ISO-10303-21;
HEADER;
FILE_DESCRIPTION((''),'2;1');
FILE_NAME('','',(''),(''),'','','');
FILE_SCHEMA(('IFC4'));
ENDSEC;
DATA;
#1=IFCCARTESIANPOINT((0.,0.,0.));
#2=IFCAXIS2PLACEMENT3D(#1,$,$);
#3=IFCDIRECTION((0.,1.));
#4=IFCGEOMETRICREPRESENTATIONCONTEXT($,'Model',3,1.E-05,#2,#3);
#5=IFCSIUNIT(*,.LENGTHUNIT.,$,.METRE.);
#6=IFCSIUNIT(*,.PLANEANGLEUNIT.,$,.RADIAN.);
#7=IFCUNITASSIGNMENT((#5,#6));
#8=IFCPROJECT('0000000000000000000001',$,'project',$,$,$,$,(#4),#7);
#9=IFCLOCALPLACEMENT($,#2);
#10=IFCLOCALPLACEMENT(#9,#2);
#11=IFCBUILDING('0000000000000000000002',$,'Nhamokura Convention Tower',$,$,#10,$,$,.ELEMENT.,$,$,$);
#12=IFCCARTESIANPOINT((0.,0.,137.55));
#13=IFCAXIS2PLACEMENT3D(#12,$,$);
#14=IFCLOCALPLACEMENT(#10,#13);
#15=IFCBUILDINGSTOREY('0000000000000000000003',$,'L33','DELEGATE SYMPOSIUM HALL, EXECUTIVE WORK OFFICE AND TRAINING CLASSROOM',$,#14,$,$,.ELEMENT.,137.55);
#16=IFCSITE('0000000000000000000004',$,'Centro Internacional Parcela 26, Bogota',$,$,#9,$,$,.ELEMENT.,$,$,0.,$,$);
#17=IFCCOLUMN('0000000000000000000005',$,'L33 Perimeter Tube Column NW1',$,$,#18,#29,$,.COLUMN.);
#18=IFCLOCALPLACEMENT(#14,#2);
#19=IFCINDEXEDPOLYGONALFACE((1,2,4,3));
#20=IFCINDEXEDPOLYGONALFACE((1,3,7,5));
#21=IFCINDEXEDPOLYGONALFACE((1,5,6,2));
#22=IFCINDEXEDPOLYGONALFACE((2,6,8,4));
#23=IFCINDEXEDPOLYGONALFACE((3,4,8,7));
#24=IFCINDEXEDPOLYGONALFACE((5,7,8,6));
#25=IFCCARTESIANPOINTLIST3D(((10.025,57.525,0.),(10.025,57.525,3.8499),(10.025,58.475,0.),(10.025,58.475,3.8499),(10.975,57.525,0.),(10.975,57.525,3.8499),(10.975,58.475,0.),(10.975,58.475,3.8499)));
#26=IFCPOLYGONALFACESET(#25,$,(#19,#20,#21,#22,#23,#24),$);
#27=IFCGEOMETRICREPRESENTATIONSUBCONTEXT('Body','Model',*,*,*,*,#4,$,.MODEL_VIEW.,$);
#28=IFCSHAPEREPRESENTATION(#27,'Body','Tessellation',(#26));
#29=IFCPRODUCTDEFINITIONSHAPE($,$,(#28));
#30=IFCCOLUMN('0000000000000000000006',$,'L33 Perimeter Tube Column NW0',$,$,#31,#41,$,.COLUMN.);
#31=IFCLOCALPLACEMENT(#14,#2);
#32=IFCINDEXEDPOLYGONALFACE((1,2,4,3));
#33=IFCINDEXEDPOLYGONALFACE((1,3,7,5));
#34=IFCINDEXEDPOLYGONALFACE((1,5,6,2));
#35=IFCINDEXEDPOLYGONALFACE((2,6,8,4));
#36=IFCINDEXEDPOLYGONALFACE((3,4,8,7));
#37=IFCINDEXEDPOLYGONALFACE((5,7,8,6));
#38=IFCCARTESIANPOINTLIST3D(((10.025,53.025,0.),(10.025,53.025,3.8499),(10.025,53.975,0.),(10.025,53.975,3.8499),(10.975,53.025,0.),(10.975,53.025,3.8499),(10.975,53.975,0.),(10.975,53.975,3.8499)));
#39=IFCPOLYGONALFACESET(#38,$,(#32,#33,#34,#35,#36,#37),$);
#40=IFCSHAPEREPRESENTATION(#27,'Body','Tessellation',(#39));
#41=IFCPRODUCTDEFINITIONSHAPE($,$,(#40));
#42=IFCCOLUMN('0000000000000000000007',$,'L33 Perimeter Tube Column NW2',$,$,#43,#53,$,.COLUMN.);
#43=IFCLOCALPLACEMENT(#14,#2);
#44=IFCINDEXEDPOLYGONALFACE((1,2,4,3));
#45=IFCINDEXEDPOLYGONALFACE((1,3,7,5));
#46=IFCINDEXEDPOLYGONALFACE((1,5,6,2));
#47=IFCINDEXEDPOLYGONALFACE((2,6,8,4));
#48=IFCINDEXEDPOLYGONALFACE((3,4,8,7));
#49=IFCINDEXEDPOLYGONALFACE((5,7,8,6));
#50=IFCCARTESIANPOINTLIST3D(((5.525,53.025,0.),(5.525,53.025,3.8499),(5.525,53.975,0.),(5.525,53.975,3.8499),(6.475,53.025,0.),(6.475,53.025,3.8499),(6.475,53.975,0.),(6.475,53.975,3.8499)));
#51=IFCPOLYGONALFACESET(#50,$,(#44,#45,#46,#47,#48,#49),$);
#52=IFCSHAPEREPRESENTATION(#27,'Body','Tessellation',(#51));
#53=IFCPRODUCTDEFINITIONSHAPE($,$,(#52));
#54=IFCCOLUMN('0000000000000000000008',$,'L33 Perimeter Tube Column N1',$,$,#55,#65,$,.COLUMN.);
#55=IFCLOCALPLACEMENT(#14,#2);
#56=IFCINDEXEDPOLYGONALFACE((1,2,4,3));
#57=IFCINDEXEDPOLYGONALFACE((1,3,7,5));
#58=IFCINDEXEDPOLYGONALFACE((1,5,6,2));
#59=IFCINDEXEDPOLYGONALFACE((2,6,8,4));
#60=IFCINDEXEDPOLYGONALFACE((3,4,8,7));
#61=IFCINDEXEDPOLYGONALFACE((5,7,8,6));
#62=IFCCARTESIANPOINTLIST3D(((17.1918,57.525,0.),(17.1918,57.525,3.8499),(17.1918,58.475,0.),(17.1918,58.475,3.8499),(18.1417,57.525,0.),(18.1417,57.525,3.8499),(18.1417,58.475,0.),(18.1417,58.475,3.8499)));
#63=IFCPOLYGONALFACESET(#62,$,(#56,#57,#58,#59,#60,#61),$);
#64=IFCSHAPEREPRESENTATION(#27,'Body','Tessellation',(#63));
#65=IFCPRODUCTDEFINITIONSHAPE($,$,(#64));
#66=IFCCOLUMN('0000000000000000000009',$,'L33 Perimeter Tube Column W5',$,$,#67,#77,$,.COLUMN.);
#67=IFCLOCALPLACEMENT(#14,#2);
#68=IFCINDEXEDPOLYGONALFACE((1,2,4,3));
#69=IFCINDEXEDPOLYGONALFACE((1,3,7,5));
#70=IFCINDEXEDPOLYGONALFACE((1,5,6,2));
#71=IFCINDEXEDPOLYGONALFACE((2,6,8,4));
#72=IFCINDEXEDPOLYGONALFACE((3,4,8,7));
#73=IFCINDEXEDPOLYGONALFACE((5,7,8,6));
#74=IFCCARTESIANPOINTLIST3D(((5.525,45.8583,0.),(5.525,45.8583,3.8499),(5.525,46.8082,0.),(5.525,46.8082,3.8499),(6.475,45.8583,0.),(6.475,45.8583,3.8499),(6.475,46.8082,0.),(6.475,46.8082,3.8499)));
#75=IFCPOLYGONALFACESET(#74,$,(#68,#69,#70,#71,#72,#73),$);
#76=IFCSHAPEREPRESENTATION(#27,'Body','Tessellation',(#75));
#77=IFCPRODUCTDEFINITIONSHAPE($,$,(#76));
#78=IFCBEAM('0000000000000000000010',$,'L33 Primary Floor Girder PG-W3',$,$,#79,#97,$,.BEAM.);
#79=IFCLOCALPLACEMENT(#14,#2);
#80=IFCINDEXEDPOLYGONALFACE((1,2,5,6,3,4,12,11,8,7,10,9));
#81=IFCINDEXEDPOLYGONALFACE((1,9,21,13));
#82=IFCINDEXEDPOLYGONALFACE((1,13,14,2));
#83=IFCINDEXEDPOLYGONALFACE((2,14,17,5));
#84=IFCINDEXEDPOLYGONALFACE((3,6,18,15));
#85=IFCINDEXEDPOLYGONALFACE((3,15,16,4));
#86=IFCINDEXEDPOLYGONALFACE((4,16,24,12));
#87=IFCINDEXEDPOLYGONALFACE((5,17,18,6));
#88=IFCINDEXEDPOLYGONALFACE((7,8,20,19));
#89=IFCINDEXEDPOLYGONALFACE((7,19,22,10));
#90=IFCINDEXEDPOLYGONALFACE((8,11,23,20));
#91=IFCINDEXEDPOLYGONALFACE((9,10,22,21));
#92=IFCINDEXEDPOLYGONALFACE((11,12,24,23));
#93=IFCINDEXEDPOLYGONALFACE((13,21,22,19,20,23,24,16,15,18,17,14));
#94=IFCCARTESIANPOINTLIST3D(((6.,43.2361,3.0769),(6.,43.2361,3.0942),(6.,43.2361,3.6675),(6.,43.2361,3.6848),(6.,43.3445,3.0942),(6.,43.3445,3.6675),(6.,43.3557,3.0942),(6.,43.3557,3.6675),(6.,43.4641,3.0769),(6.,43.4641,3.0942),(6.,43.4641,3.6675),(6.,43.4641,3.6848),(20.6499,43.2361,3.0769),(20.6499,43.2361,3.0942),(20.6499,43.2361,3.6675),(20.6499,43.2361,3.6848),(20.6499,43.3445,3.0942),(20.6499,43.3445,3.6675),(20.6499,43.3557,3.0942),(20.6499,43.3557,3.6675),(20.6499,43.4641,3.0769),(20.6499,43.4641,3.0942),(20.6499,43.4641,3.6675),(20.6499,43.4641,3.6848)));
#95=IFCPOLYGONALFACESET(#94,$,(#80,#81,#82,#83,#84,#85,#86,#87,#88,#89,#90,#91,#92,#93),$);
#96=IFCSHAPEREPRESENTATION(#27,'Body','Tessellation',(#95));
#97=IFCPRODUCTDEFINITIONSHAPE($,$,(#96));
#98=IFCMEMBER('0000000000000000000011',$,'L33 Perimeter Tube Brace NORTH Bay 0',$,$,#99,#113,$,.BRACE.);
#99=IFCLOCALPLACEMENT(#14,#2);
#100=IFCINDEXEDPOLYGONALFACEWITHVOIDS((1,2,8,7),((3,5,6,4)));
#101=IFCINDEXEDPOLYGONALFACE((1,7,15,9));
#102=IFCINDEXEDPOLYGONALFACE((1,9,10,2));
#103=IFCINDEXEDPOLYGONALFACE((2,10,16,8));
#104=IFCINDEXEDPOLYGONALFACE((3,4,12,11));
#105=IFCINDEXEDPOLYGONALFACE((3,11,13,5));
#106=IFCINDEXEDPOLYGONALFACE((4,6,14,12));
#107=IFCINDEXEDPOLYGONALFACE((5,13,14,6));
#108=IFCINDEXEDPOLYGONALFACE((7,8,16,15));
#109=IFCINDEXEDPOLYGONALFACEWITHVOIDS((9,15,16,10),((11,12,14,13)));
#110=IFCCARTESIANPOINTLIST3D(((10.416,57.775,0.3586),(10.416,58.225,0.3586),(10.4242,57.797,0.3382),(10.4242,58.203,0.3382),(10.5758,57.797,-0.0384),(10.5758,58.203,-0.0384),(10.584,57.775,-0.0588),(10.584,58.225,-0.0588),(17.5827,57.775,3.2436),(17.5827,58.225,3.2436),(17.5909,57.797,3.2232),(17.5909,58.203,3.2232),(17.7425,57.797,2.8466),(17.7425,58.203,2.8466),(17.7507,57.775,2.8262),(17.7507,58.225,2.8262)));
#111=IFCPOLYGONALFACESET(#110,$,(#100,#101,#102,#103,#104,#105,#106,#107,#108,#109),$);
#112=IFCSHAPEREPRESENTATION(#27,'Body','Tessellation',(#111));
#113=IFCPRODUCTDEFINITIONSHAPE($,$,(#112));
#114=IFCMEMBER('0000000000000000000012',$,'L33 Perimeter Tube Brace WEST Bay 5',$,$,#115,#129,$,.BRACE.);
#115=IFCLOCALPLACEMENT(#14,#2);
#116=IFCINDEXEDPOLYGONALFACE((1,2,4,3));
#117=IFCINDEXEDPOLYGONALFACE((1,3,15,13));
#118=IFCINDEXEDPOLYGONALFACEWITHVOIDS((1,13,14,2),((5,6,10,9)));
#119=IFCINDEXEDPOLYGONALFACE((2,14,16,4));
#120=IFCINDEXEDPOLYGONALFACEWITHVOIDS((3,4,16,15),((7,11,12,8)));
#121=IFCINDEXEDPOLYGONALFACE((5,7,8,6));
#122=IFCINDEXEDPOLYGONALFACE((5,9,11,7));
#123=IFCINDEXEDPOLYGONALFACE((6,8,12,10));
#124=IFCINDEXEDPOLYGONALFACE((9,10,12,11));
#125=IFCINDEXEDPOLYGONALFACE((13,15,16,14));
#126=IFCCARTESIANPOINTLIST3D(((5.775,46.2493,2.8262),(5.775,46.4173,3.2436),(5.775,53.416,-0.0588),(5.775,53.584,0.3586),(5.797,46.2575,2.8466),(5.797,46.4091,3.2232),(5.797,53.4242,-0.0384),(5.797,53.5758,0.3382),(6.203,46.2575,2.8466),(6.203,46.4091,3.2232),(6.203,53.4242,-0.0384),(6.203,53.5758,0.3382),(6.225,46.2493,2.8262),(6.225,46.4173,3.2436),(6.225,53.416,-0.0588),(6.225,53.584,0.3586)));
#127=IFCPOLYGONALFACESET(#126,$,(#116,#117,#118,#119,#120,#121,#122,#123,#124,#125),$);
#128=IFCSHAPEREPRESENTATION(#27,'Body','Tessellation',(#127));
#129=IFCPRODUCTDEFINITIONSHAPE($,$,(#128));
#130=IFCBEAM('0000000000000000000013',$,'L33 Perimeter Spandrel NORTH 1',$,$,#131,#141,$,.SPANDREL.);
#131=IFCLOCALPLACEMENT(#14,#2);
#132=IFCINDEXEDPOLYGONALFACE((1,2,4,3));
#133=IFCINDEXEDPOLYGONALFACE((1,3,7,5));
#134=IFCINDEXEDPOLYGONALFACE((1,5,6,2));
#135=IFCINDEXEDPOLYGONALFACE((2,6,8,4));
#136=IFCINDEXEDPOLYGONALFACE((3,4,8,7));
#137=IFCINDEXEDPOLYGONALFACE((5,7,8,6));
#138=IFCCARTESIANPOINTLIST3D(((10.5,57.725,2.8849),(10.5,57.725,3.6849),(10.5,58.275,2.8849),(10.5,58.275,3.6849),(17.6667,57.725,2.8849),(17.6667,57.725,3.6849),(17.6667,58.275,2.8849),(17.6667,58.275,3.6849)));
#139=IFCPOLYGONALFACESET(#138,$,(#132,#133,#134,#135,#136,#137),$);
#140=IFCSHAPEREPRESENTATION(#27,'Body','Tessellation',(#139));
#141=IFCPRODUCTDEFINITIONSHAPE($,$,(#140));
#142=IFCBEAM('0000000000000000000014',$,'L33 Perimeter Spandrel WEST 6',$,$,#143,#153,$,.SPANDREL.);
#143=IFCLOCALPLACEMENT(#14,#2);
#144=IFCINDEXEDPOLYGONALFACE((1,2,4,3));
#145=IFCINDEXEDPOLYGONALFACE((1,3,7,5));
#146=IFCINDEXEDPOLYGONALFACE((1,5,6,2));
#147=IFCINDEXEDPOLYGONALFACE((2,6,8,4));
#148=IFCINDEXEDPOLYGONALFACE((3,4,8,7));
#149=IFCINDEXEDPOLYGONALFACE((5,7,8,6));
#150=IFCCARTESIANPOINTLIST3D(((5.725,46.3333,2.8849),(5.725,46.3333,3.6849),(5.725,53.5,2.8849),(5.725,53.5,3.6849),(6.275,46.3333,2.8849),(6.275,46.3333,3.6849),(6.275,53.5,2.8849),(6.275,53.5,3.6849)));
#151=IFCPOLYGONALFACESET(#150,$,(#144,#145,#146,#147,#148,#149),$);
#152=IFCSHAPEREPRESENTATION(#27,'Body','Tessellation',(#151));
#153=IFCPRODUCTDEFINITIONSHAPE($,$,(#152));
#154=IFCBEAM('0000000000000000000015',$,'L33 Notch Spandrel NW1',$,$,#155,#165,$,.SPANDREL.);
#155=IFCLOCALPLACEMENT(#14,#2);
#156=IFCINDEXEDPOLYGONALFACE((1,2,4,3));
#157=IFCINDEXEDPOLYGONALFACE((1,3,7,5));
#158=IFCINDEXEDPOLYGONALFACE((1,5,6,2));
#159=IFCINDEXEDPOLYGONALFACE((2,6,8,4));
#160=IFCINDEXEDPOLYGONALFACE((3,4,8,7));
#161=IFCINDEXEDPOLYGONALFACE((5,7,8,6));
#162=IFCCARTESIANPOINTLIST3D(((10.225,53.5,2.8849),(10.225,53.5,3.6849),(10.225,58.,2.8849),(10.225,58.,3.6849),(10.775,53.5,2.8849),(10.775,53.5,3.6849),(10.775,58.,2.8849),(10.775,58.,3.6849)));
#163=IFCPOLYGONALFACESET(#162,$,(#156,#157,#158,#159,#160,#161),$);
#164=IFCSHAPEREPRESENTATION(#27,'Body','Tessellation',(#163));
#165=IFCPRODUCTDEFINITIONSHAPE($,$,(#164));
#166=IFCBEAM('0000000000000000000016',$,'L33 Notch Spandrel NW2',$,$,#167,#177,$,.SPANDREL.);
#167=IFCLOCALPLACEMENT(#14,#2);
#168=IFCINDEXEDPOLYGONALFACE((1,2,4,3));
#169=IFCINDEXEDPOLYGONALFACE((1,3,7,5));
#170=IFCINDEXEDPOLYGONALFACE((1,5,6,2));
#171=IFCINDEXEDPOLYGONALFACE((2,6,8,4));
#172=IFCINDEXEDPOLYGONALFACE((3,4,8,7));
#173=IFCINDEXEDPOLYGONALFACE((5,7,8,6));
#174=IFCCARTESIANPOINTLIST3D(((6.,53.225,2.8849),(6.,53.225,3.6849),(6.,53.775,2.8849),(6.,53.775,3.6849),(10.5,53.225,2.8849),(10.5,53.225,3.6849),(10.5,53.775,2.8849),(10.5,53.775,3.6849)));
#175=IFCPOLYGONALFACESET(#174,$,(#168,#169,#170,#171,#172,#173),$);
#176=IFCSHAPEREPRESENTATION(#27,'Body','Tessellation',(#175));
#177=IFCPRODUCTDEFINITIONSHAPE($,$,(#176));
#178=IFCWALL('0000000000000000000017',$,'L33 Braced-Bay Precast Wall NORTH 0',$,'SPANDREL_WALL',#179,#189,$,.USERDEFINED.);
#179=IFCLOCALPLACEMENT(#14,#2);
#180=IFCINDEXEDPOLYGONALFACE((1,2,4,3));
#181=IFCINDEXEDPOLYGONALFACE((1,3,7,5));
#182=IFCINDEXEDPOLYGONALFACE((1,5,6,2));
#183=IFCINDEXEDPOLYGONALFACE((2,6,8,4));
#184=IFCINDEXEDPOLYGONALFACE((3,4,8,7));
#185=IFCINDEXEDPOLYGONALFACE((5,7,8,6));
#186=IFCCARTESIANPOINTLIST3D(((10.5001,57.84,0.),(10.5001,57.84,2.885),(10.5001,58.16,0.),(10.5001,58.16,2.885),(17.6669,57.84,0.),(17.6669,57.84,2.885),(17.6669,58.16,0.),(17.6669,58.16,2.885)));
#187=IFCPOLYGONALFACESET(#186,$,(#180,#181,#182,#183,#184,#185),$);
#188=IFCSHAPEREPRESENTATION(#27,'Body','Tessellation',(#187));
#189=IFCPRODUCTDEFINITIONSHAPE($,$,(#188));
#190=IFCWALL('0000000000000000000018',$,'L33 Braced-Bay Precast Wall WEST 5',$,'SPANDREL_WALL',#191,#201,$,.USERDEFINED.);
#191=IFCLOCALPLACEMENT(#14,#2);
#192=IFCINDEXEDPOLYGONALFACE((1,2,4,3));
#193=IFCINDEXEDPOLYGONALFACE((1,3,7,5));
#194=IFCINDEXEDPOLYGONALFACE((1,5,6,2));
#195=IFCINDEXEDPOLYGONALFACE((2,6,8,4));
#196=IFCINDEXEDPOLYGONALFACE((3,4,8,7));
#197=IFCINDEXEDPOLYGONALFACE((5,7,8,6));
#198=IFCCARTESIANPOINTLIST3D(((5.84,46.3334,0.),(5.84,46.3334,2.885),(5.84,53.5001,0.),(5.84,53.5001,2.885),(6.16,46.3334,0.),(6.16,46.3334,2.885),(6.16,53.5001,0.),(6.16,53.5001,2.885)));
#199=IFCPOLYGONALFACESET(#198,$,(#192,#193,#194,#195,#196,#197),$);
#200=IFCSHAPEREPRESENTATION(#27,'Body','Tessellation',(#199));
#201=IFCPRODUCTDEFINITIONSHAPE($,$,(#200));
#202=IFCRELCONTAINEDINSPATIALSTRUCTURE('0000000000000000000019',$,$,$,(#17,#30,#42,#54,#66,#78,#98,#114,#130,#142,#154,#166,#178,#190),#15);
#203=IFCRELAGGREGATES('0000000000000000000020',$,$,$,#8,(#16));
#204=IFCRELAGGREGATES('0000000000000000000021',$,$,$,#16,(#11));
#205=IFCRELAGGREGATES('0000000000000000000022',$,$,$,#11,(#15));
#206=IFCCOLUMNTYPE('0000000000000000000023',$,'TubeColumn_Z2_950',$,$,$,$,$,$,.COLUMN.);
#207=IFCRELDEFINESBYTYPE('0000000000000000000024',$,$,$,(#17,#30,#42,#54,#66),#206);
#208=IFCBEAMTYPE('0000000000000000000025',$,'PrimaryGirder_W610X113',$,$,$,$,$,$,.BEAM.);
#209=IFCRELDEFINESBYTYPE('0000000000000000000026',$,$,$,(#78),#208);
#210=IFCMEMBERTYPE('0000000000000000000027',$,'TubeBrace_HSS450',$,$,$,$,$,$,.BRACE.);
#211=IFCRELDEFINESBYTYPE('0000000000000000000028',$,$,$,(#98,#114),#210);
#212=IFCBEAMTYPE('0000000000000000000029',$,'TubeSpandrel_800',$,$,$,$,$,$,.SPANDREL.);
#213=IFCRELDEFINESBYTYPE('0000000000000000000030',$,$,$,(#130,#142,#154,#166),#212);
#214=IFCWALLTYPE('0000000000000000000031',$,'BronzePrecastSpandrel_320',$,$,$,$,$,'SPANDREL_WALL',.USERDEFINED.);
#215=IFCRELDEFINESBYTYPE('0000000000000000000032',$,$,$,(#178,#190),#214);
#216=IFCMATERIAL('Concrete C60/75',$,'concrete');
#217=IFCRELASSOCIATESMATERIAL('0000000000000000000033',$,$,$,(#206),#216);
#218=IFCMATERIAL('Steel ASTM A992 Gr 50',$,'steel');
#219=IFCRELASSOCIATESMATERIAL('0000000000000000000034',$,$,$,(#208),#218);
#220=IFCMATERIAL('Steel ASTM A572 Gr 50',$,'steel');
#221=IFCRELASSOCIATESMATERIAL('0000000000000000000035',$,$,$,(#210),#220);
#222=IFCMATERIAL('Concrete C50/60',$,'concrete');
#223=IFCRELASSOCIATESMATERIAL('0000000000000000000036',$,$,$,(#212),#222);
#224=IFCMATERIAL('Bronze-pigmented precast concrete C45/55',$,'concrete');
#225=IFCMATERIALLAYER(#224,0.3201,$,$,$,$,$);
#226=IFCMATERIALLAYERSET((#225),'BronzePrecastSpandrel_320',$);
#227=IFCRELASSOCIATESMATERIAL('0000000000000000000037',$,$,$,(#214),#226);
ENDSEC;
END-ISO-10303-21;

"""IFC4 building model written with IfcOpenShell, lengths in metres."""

from ifc_helpers import new_model, si_unit, direction, frame, frame_2d, origin, origin_2d, place, context, subcontext, project, spatial, rectangle, hollow_rectangle, i_section, extrude, material, layer, layer_set, material_profile, profile_set, type_object, element, save


model = new_model("IFC4")

# Units and contexts
model_context = context("Model", 3, precision=1e-05, world=origin(), true_north=direction((0.0, 1.0)))
body_context = subcontext(model_context, "Body", "Model", "MODEL_VIEW")
ifc_project = project(units=[si_unit("LENGTHUNIT", "METRE"), si_unit("PLANEANGLEUNIT", "RADIAN")], contexts=[model_context])

# Site, building, storey
site_placement = place(None, origin())
site = spatial("IfcSite", under=ifc_project, at=site_placement, Name="Centro Internacional Parcela 26, Bogota", CompositionType="ELEMENT", RefElevation=0.0)
building_placement = place(site_placement, origin())
building = spatial("IfcBuilding", under=site, at=building_placement, Name="Nhamokura Convention Tower", CompositionType="ELEMENT")
storey_placement = place(building_placement, frame((0.0, 0.0, 137.55)))
storey = spatial("IfcBuildingStorey", under=building, at=storey_placement, Name="L33", Description="DELEGATE SYMPOSIUM HALL, EXECUTIVE WORK OFFICE AND TRAINING CLASSROOM", CompositionType="ELEMENT", Elevation=137.55)

# Columns
ifc_material_1 = material(Name="Concrete C60/75", Category="concrete")
ifc_material_profile_1 = material_profile(ifc_material_1, rectangle(XDim=0.95, YDim=0.95, at=origin_2d()))
ifc_profile_set_1 = profile_set([ifc_material_profile_1], Name="Concrete C60/75")
column_type = type_object("IfcColumnType", Name="TubeColumn_Z2_950", PredefinedType="COLUMN", material=ifc_profile_set_1)
for number, where, z_axis, x_axis, name in (
    (1, (10.5, 58.0, 0.0), (0.0, 0.0, 1.0), (1.0, 0.0, 0.0), "L33 Perimeter Tube Column NW1"),
    (2, (10.5, 53.5, 0.0), (0.0, 0.0, 1.0), (1.0, 0.0, 0.0), "L33 Perimeter Tube Column NW0"),
    (3, (6.0, 53.5, 0.0), (0.0, 0.0, 1.0), (1.0, 0.0, 0.0), "L33 Perimeter Tube Column NW2"),
    (4, (17.6667, 58.0, 0.0), (0.0, 0.0, 1.0), (1.0, 0.0, 0.0), "L33 Perimeter Tube Column N1"),
    (5, (6.0, 46.3333, 0.0), (0.0, 0.0, 1.0), (1.0, 0.0, 0.0), "L33 Perimeter Tube Column W5"),
):
    element("IfcColumn", number, at=place(storey_placement, frame(where, z_axis=z_axis, x_axis=x_axis)), inside=storey, type_object=column_type, Name=name, PredefinedType="COLUMN", context=body_context, shape_type="SweptSolid", body=[
        extrude(rectangle(XDim=0.95, YDim=0.95, at=origin_2d()), origin(), (0.0, 0.0, 1.0), 3.8499),
    ])

# Beam
ifc_material_2 = material(Name="Steel ASTM A992 Gr 50", Category="steel")
ifc_material_profile_2 = material_profile(ifc_material_2, i_section(OverallWidth=0.228, OverallDepth=0.6079, WebThickness=0.0112, FlangeThickness=0.0173, at=origin_2d()))
ifc_profile_set_2 = profile_set([ifc_material_profile_2], Name="Steel ASTM A992 Gr 50")
beam_type_1 = type_object("IfcBeamType", Name="PrimaryGirder_W610X113", PredefinedType="BEAM", material=ifc_profile_set_2)
beam_placement = place(storey_placement, frame((6.0, 43.3501, 3.3809), z_axis=(1.0, 0.0, 0.0), x_axis=(0.0, 1.0, 0.0)))
element("IfcBeam", 6, at=beam_placement, inside=storey, type_object=beam_type_1, Name="L33 Primary Floor Girder PG-W3", PredefinedType="BEAM", context=body_context, shape_type="SweptSolid", body=[
    extrude(i_section(OverallWidth=0.228, OverallDepth=0.6079, WebThickness=0.0112, FlangeThickness=0.0173, at=origin_2d()), origin(), (0.0, 0.0, 1.0), 14.6499),
])

# Members
ifc_material_3 = material(Name="Steel ASTM A572 Gr 50", Category="steel")
ifc_material_profile_3 = material_profile(ifc_material_3, hollow_rectangle(XDim=0.45, YDim=0.45, WallThickness=0.022, at=origin_2d()))
ifc_profile_set_3 = profile_set([ifc_material_profile_3], Name="Steel ASTM A572 Gr 50")
member_type = type_object("IfcMemberType", Name="TubeBrace_HSS450", PredefinedType="BRACE", material=ifc_profile_set_3)
for number, where, z_axis, x_axis, name in (
    (7, (10.5, 58.0, 0.1499), (0.927657, 0.0, 0.373433), (0.0, 1.0, 0.0), "L33 Perimeter Tube Brace NORTH Bay 0"),
    (8, (6.0, 53.5, 0.1499), (0.0, -0.927657, 0.373433), (1.0, 0.0, 0.0), "L33 Perimeter Tube Brace WEST Bay 5"),
):
    element("IfcMember", number, at=place(storey_placement, frame(where, z_axis=z_axis, x_axis=x_axis)), inside=storey, type_object=member_type, Name=name, PredefinedType="BRACE", context=body_context, shape_type="SweptSolid", body=[
        extrude(hollow_rectangle(XDim=0.45, YDim=0.45, WallThickness=0.022, at=origin_2d()), origin(), (0.0, 0.0, 1.0), 7.7256),
    ])

# Beams
ifc_material_4 = material(Name="Concrete C50/60", Category="concrete")
ifc_material_profile_4 = material_profile(ifc_material_4, rectangle(XDim=0.55, YDim=0.8, at=origin_2d()))
ifc_profile_set_4 = profile_set([ifc_material_profile_4], Name="Concrete C50/60")
beam_type_2 = type_object("IfcBeamType", Name="TubeSpandrel_800", PredefinedType="SPANDREL", material=ifc_profile_set_4)
for number, where, z_axis, x_axis, name in (
    (9, (10.5, 58.0, 3.2849), (1.0, 0.0, 0.0), (0.0, 1.0, 0.0), "L33 Perimeter Spandrel NORTH 1"),
    (10, (6.0, 46.3333, 3.2849), (0.0, 1.0, 0.0), (-1.0, 0.0, 0.0), "L33 Perimeter Spandrel WEST 6"),
):
    element("IfcBeam", number, at=place(storey_placement, frame(where, z_axis=z_axis, x_axis=x_axis)), inside=storey, type_object=beam_type_2, Name=name, PredefinedType="SPANDREL", context=body_context, shape_type="SweptSolid", body=[
        extrude(rectangle(XDim=0.55, YDim=0.8, at=origin_2d()), origin(), (0.0, 0.0, 1.0), 7.1667),
    ])
for number, where, z_axis, x_axis, name in (
    (11, (10.5, 58.0, 3.2849), (0.0, -1.0, 0.0), (1.0, 0.0, 0.0), "L33 Notch Spandrel NW1"),
    (12, (10.5, 53.5, 3.2849), (-1.0, 0.0, 0.0), (0.0, -1.0, 0.0), "L33 Notch Spandrel NW2"),
):
    element("IfcBeam", number, at=place(storey_placement, frame(where, z_axis=z_axis, x_axis=x_axis)), inside=storey, type_object=beam_type_2, Name=name, PredefinedType="SPANDREL", context=body_context, shape_type="SweptSolid", body=[
        extrude(rectangle(XDim=0.55, YDim=0.8, at=origin_2d()), origin(), (0.0, 0.0, 1.0), 4.5),
    ])

# Walls
ifc_material_5 = material(Name="Bronze-pigmented precast concrete C45/55", Category="concrete")
ifc_layer_1 = layer(ifc_material_5, 0.3201)
ifc_layer_set_1 = layer_set([ifc_layer_1], Name="BronzePrecastSpandrel_320")
wall_type_1 = type_object("IfcWallType", Name="BronzePrecastSpandrel_320", ElementType="SPANDREL_WALL", PredefinedType="USERDEFINED", material=ifc_layer_set_1)
for number, where, z_axis, x_axis, name in (
    (13, (10.5, 58.0, 0.0), (0.0, 0.0, 1.0), (1.0, 0.0, 0.0), "L33 Braced-Bay Precast Wall NORTH 0"),
    (14, (6.0, 46.3333, 0.0), (0.0, 0.0, 1.0), (0.0, 1.0, 0.0), "L33 Braced-Bay Precast Wall WEST 5"),
):
    element("IfcWall", number, at=place(storey_placement, frame(where, z_axis=z_axis, x_axis=x_axis)), inside=storey, type_object=wall_type_1, Name=name, ObjectType="SPANDREL_WALL", PredefinedType="USERDEFINED", context=body_context, shape_type="SweptSolid", body=[
        extrude(rectangle(XDim=7.1667, YDim=0.3201, at=frame_2d((3.5835, 0.0))), origin(), (0.0, 0.0, 1.0), 2.885),
    ])

save(model, "model.ifc")
